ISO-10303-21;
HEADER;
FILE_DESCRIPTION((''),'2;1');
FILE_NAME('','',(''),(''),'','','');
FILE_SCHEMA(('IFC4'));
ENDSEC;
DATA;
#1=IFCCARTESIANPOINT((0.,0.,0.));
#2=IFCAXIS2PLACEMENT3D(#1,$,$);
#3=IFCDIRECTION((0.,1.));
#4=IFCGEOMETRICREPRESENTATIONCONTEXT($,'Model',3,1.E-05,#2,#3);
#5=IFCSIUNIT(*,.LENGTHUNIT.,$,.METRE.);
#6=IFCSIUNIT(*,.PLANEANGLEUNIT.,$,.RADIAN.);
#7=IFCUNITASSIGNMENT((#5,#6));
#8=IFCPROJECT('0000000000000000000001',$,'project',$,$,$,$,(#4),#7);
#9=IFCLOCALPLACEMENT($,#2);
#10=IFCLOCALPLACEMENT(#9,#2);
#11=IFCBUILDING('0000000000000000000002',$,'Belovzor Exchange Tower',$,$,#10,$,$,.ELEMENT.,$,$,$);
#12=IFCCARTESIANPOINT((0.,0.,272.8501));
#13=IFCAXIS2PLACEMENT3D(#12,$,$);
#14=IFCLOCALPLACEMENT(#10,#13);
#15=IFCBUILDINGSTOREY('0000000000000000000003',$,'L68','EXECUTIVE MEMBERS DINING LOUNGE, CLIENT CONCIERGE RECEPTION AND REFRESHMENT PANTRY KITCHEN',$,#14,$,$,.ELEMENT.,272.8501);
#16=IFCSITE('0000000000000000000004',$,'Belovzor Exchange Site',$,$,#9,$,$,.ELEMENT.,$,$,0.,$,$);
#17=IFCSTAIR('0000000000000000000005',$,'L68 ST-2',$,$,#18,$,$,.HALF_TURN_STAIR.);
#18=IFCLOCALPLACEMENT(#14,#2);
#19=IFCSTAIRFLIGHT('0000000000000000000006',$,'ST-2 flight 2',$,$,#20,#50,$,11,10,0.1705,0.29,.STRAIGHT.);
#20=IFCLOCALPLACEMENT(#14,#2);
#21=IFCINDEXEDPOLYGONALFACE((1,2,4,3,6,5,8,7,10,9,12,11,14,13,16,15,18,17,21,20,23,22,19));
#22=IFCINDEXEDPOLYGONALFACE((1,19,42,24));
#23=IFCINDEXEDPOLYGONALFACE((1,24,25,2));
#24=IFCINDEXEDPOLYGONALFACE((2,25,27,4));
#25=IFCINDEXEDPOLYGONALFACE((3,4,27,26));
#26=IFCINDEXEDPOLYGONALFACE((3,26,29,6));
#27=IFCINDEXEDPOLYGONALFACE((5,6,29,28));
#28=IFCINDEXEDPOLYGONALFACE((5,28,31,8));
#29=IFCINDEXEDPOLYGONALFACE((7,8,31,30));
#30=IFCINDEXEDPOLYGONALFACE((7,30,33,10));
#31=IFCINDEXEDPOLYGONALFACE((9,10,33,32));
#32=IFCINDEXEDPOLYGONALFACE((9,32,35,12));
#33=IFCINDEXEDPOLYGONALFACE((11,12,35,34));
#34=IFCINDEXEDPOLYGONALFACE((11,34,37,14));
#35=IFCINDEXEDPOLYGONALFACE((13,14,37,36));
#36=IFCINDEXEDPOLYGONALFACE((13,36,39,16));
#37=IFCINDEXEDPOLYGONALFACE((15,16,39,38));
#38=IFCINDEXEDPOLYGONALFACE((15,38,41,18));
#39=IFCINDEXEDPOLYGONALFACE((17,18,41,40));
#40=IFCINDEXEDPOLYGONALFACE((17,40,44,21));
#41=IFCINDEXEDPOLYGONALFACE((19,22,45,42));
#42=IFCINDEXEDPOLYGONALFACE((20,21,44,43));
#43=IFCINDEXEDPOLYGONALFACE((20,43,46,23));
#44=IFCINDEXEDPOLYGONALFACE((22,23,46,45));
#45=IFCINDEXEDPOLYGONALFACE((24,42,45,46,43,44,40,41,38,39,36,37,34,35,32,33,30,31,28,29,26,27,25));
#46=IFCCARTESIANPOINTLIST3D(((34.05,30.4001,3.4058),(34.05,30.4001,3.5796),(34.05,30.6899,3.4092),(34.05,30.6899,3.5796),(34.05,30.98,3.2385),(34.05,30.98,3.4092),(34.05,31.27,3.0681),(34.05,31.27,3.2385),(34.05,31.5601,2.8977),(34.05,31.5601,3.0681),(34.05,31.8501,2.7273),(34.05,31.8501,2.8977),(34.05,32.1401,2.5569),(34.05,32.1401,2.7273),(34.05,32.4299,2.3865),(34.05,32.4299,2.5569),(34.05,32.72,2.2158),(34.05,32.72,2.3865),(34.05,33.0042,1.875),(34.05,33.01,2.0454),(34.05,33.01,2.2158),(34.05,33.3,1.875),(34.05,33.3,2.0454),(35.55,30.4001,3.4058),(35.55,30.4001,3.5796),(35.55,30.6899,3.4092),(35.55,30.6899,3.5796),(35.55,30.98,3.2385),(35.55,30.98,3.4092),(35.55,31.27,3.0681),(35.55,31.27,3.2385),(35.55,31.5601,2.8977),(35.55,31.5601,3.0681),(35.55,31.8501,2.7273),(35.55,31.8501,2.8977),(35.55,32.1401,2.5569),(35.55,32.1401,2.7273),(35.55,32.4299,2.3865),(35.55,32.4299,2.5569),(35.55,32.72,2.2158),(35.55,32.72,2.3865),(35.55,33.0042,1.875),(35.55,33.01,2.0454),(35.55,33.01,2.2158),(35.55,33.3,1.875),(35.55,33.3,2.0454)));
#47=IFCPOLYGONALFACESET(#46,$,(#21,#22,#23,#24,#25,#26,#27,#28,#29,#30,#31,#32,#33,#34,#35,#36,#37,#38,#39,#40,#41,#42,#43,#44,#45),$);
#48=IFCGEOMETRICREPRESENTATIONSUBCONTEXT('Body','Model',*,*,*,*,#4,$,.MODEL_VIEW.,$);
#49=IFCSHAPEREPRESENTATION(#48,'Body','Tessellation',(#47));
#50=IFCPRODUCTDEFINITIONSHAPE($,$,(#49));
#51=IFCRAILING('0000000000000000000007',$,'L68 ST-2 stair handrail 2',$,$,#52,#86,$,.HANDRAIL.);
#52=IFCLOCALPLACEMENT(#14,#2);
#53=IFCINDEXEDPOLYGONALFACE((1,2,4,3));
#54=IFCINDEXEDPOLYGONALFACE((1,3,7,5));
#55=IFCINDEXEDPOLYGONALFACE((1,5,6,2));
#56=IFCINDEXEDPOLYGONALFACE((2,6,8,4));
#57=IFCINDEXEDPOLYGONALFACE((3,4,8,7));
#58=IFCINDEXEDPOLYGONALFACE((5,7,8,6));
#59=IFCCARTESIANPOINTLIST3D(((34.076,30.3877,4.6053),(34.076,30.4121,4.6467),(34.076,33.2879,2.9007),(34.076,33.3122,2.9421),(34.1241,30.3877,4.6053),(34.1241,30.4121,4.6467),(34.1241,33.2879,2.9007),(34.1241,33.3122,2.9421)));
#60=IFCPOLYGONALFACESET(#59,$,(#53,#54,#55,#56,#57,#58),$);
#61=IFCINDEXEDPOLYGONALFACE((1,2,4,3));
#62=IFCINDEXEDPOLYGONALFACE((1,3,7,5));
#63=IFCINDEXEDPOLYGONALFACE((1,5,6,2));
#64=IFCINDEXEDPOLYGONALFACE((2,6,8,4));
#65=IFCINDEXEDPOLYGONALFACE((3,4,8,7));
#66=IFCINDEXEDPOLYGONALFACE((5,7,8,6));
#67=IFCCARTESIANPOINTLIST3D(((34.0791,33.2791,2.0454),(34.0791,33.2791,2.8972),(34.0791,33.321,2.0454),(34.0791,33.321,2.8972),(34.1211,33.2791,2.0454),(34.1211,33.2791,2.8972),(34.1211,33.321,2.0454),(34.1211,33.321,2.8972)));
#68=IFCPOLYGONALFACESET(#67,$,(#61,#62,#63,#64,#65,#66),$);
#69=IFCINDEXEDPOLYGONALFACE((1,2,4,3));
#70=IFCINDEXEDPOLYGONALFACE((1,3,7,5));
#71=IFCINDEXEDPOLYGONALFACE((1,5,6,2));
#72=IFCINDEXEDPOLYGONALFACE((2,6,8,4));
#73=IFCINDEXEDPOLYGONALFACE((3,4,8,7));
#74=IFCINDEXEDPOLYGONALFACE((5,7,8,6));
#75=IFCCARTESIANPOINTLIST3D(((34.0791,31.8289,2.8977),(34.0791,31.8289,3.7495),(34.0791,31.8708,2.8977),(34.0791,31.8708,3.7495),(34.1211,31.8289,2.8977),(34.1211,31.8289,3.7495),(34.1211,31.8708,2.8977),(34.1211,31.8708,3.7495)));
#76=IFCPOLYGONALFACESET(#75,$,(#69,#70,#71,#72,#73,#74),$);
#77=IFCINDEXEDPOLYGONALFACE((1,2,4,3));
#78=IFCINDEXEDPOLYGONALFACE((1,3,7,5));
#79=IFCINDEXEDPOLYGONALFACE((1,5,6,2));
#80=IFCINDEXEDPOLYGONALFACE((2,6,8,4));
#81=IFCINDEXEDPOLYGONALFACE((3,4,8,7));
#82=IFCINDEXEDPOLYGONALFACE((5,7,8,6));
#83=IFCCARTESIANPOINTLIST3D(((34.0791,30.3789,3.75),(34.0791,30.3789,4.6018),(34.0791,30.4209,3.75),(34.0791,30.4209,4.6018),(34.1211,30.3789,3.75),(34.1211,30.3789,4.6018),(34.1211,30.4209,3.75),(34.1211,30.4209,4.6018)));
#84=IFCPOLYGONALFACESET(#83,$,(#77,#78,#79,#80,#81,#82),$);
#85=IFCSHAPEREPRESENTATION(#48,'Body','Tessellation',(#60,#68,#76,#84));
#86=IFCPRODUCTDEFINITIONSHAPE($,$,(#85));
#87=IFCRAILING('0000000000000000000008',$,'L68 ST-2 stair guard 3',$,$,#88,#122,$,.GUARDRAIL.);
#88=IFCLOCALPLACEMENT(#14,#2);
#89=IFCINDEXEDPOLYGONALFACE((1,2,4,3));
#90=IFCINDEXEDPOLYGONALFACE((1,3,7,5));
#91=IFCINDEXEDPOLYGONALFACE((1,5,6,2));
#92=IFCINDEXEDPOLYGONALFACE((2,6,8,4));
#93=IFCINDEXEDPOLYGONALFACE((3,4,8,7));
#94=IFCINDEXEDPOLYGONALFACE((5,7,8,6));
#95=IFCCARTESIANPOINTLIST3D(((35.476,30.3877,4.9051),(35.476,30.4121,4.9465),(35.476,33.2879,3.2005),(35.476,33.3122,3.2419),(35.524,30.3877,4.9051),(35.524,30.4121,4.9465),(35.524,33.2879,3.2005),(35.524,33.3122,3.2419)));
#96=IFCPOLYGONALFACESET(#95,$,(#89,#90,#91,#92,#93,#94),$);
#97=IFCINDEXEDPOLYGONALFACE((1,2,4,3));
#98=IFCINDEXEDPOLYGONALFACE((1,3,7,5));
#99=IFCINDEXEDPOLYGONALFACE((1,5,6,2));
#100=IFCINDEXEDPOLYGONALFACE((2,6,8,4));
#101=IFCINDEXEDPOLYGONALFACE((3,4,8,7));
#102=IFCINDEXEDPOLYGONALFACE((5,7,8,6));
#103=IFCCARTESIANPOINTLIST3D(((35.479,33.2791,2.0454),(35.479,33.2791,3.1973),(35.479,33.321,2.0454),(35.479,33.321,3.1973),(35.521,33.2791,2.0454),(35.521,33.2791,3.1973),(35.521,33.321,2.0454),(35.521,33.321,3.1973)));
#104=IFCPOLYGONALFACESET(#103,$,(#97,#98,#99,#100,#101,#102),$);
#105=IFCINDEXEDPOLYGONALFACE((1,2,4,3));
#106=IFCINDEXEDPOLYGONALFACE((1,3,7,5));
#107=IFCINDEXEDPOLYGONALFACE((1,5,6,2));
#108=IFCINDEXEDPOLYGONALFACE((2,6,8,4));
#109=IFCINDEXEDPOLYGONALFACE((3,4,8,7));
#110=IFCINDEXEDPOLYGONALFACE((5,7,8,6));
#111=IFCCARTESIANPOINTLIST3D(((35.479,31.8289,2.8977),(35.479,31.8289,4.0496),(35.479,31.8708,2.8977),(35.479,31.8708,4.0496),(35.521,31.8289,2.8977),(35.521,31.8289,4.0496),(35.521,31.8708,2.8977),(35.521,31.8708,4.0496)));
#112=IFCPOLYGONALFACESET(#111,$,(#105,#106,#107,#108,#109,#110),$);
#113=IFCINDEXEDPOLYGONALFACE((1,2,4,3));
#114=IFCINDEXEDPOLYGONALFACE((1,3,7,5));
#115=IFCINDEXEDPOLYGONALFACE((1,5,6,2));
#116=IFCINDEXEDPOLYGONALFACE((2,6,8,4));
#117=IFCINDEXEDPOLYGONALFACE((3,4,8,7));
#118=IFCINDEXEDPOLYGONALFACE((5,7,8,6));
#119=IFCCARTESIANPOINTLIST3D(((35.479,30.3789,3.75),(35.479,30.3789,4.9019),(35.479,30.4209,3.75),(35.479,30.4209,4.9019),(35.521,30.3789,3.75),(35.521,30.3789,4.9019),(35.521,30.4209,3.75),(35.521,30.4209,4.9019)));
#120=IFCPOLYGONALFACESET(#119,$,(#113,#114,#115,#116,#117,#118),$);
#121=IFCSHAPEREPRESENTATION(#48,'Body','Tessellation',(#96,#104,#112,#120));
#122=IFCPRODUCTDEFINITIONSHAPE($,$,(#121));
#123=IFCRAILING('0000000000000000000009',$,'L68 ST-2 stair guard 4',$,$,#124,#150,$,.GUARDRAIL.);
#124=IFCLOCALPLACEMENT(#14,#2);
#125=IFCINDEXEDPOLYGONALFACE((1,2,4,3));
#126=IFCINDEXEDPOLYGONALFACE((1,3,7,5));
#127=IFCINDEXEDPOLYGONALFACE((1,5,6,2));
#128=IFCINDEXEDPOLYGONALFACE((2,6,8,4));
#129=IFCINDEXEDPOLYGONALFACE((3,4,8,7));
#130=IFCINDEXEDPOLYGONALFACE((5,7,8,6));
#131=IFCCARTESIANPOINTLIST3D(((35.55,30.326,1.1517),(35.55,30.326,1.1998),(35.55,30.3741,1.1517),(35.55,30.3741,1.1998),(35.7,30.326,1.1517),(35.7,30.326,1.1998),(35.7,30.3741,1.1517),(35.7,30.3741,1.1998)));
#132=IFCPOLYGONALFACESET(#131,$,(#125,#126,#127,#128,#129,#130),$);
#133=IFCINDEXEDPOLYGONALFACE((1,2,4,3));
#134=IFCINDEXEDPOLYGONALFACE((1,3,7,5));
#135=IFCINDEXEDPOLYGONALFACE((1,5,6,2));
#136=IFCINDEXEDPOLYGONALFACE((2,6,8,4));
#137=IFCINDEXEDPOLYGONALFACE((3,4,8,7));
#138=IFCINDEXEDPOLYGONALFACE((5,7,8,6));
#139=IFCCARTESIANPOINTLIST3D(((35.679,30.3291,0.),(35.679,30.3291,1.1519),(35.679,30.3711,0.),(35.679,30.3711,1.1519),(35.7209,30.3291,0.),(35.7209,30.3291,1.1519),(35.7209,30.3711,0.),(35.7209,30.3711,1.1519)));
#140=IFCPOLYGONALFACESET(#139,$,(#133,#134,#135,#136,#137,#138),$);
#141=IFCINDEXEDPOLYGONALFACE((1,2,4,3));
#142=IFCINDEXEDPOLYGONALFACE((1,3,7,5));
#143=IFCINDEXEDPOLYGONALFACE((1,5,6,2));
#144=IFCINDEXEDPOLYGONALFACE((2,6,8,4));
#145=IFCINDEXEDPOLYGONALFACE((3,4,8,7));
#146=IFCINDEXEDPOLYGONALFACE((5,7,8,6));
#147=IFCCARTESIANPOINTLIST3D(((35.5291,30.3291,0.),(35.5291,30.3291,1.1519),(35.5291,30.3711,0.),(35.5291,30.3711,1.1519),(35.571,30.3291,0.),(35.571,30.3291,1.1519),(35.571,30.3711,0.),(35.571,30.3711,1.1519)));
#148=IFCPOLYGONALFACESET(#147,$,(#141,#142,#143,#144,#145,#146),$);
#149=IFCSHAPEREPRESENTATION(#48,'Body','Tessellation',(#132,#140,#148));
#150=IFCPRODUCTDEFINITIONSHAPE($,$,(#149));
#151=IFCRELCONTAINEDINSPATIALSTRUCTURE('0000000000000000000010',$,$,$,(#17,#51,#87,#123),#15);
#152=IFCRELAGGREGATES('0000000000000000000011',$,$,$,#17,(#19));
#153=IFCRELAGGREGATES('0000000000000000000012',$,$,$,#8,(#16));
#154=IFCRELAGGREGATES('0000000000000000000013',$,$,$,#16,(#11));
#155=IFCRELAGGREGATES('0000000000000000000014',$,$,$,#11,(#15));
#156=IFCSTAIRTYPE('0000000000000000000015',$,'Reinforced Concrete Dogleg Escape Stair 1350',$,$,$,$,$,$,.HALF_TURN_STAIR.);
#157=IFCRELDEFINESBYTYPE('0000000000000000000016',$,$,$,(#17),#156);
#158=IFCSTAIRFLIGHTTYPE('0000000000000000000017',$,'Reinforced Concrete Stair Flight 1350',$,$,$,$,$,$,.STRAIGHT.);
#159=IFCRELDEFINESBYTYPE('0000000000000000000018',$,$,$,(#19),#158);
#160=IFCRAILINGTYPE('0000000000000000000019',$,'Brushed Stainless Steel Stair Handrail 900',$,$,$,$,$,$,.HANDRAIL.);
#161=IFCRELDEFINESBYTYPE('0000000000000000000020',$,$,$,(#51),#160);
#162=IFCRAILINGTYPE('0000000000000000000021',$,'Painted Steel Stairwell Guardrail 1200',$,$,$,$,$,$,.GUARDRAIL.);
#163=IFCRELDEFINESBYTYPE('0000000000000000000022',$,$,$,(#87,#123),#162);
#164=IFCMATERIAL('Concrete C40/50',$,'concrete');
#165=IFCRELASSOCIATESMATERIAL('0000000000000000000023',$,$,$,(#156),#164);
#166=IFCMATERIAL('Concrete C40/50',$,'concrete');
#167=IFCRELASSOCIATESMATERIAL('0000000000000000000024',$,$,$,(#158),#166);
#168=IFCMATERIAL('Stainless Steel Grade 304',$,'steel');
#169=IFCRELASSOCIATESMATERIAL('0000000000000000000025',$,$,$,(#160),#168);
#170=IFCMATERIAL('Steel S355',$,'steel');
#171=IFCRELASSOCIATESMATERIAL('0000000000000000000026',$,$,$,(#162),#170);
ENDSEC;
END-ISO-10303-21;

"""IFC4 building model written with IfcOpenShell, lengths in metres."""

from ifc_helpers import new_model, si_unit, direction, frame, origin, origin_2d, place, context, subcontext, project, spatial, polyline, rectangle, outline, extrude, material, type_object, element, aggregate, save


model = new_model("IFC4")

# Units and contexts
model_context = context("Model", 3, precision=1e-05, world=origin(), true_north=direction((0.0, 1.0)))
body_context = subcontext(model_context, "Body", "Model", "MODEL_VIEW")
ifc_project = project(units=[si_unit("LENGTHUNIT", "METRE"), si_unit("PLANEANGLEUNIT", "RADIAN")], contexts=[model_context])

# Site, building, storey
site_placement = place(None, origin())
site = spatial("IfcSite", under=ifc_project, at=site_placement, Name="Belovzor Exchange Site", CompositionType="ELEMENT", RefElevation=0.0)
building_placement = place(site_placement, origin())
building = spatial("IfcBuilding", under=site, at=building_placement, Name="Belovzor Exchange Tower", CompositionType="ELEMENT")
storey_placement = place(building_placement, frame((0.0, 0.0, 272.8501)))
storey = spatial("IfcBuildingStorey", under=building, at=storey_placement, Name="L68", Description="EXECUTIVE MEMBERS DINING LOUNGE, CLIENT CONCIERGE RECEPTION AND REFRESHMENT PANTRY KITCHEN", CompositionType="ELEMENT", Elevation=272.8501)

# Stair, stair flight
ifc_material_1 = material(Name="Concrete C40/50", Category="concrete")
stair_type = type_object("IfcStairType", Name="Reinforced Concrete Dogleg Escape Stair 1350", PredefinedType="HALF_TURN_STAIR", material=ifc_material_1)
stair_placement = place(storey_placement, origin())
stair = element("IfcStair", 1, at=stair_placement, inside=storey, type_object=stair_type, Name="L68 ST-2", PredefinedType="HALF_TURN_STAIR")
ifc_material_2 = material(Name="Concrete C40/50", Category="concrete")
stair_flight_type = type_object("IfcStairFlightType", Name="Reinforced Concrete Stair Flight 1350", PredefinedType="STRAIGHT", material=ifc_material_2)
stair_flight_placement = place(storey_placement, frame((34.8, 33.3, 1.875), z_axis=(0.0, 0.0, 1.0), x_axis=(0.0, -1.0, 0.0)))
stair_flight = element("IfcStairFlight", 2, at=stair_flight_placement, type_object=stair_flight_type, Name="ST-2 flight 2", NumberOfRisers=11, NumberOfTreads=10, PredefinedType="STRAIGHT", RiserHeight=0.1705, TreadLength=0.29, context=body_context, shape_type="SweptSolid", body=[
    extrude(outline(polyline([(0.0, 0.0), (0.0, 0.1704), (0.29, 0.1704), (0.29, 0.3408), (0.5801, 0.3408), (0.5801, 0.5115), (0.8701, 0.5115), (0.8701, 0.6819), (1.1599, 0.6819), (1.1599, 0.8523), (1.45, 0.8523), (1.45, 1.0227), (1.74, 1.0227), (1.74, 1.1931), (2.03, 1.1931), (2.03, 1.3635), (2.3201, 1.3635), (2.3201, 1.5342), (2.6101, 1.5342), (2.6101, 1.7046), (2.8999, 1.7046), (2.8999, 1.875), (2.8999, 1.5308), (0.2959, 0.0), (0.0, 0.0)])), frame((0.0, 0.75, 0.0), z_axis=(0.0, -1.0, 0.0), x_axis=(1.0, 0.0, 0.0)), (0.0, 0.0, 1.0), 1.5),
])
aggregate(stair, [stair_flight])

# Railings
ifc_material_3 = material(Name="Stainless Steel Grade 304", Category="steel")
railing_type_1 = type_object("IfcRailingType", Name="Brushed Stainless Steel Stair Handrail 900", PredefinedType="HANDRAIL", material=ifc_material_3)
railing_1_placement = place(storey_placement, frame((34.1001, 33.3, 2.0454)))
element("IfcRailing", 3, at=railing_1_placement, inside=storey, type_object=railing_type_1, Name="L68 ST-2 stair handrail 2", PredefinedType="HANDRAIL", context=body_context, shape_type="SweptSolid", body=[
    extrude(rectangle(XDim=0.0481, YDim=0.0481, at=origin_2d()), frame((0.0, 0.0, 0.876), z_axis=(0.0, -0.862113, 0.506716), x_axis=(1.0, 0.0, 0.0)), (0.0, 0.0, 1.0), 3.364),
    extrude(rectangle(XDim=0.042, YDim=0.042, at=origin_2d()), origin(), (0.0, 0.0, 1.0), 0.8518),
    extrude(rectangle(XDim=0.042, YDim=0.042, at=origin_2d()), frame((0.0, -1.4502, 0.8523)), (0.0, 0.0, 1.0), 0.8518),
    extrude(rectangle(XDim=0.042, YDim=0.042, at=origin_2d()), frame((0.0, -2.9001, 1.7046)), (0.0, 0.0, 1.0), 0.8518),
])
ifc_material_4 = material(Name="Steel S355", Category="steel")
railing_type_2 = type_object("IfcRailingType", Name="Painted Steel Stairwell Guardrail 1200", PredefinedType="GUARDRAIL", material=ifc_material_4)
railing_2_placement = place(storey_placement, frame((35.5, 33.3, 2.0454)))
element("IfcRailing", 4, at=railing_2_placement, inside=storey, type_object=railing_type_2, Name="L68 ST-2 stair guard 3", PredefinedType="GUARDRAIL", context=body_context, shape_type="SweptSolid", body=[
    extrude(rectangle(XDim=0.0481, YDim=0.0481, at=origin_2d()), frame((0.0, 0.0, 1.1758), z_axis=(0.0, -0.862113, 0.506716), x_axis=(1.0, 0.0, 0.0)), (0.0, 0.0, 1.0), 3.364),
    extrude(rectangle(XDim=0.042, YDim=0.042, at=origin_2d()), origin(), (0.0, 0.0, 1.0), 1.1519),
    extrude(rectangle(XDim=0.042, YDim=0.042, at=origin_2d()), frame((0.0, -1.4502, 0.8523)), (0.0, 0.0, 1.0), 1.1519),
    extrude(rectangle(XDim=0.042, YDim=0.042, at=origin_2d()), frame((0.0, -2.9001, 1.7046)), (0.0, 0.0, 1.0), 1.1519),
])
railing_3_placement = place(storey_placement, frame((35.7, 30.3501, 0.0)))
element("IfcRailing", 5, at=railing_3_placement, inside=storey, type_object=railing_type_2, Name="L68 ST-2 stair guard 4", PredefinedType="GUARDRAIL", context=body_context, shape_type="SweptSolid", body=[
    extrude(rectangle(XDim=0.0481, YDim=0.0481, at=origin_2d()), frame((0.0, 0.0, 1.1758), z_axis=(-1.0, 0.0, 0.0), x_axis=(0.0, -1.0, 0.0)), (0.0, 0.0, 1.0), 0.1499),
    extrude(rectangle(XDim=0.042, YDim=0.042, at=origin_2d()), origin(), (0.0, 0.0, 1.0), 1.1519),
    extrude(rectangle(XDim=0.042, YDim=0.042, at=origin_2d()), frame((-0.1499, 0.0, 0.0)), (0.0, 0.0, 1.0), 1.1519),
])

save(model, "model.ifc")
